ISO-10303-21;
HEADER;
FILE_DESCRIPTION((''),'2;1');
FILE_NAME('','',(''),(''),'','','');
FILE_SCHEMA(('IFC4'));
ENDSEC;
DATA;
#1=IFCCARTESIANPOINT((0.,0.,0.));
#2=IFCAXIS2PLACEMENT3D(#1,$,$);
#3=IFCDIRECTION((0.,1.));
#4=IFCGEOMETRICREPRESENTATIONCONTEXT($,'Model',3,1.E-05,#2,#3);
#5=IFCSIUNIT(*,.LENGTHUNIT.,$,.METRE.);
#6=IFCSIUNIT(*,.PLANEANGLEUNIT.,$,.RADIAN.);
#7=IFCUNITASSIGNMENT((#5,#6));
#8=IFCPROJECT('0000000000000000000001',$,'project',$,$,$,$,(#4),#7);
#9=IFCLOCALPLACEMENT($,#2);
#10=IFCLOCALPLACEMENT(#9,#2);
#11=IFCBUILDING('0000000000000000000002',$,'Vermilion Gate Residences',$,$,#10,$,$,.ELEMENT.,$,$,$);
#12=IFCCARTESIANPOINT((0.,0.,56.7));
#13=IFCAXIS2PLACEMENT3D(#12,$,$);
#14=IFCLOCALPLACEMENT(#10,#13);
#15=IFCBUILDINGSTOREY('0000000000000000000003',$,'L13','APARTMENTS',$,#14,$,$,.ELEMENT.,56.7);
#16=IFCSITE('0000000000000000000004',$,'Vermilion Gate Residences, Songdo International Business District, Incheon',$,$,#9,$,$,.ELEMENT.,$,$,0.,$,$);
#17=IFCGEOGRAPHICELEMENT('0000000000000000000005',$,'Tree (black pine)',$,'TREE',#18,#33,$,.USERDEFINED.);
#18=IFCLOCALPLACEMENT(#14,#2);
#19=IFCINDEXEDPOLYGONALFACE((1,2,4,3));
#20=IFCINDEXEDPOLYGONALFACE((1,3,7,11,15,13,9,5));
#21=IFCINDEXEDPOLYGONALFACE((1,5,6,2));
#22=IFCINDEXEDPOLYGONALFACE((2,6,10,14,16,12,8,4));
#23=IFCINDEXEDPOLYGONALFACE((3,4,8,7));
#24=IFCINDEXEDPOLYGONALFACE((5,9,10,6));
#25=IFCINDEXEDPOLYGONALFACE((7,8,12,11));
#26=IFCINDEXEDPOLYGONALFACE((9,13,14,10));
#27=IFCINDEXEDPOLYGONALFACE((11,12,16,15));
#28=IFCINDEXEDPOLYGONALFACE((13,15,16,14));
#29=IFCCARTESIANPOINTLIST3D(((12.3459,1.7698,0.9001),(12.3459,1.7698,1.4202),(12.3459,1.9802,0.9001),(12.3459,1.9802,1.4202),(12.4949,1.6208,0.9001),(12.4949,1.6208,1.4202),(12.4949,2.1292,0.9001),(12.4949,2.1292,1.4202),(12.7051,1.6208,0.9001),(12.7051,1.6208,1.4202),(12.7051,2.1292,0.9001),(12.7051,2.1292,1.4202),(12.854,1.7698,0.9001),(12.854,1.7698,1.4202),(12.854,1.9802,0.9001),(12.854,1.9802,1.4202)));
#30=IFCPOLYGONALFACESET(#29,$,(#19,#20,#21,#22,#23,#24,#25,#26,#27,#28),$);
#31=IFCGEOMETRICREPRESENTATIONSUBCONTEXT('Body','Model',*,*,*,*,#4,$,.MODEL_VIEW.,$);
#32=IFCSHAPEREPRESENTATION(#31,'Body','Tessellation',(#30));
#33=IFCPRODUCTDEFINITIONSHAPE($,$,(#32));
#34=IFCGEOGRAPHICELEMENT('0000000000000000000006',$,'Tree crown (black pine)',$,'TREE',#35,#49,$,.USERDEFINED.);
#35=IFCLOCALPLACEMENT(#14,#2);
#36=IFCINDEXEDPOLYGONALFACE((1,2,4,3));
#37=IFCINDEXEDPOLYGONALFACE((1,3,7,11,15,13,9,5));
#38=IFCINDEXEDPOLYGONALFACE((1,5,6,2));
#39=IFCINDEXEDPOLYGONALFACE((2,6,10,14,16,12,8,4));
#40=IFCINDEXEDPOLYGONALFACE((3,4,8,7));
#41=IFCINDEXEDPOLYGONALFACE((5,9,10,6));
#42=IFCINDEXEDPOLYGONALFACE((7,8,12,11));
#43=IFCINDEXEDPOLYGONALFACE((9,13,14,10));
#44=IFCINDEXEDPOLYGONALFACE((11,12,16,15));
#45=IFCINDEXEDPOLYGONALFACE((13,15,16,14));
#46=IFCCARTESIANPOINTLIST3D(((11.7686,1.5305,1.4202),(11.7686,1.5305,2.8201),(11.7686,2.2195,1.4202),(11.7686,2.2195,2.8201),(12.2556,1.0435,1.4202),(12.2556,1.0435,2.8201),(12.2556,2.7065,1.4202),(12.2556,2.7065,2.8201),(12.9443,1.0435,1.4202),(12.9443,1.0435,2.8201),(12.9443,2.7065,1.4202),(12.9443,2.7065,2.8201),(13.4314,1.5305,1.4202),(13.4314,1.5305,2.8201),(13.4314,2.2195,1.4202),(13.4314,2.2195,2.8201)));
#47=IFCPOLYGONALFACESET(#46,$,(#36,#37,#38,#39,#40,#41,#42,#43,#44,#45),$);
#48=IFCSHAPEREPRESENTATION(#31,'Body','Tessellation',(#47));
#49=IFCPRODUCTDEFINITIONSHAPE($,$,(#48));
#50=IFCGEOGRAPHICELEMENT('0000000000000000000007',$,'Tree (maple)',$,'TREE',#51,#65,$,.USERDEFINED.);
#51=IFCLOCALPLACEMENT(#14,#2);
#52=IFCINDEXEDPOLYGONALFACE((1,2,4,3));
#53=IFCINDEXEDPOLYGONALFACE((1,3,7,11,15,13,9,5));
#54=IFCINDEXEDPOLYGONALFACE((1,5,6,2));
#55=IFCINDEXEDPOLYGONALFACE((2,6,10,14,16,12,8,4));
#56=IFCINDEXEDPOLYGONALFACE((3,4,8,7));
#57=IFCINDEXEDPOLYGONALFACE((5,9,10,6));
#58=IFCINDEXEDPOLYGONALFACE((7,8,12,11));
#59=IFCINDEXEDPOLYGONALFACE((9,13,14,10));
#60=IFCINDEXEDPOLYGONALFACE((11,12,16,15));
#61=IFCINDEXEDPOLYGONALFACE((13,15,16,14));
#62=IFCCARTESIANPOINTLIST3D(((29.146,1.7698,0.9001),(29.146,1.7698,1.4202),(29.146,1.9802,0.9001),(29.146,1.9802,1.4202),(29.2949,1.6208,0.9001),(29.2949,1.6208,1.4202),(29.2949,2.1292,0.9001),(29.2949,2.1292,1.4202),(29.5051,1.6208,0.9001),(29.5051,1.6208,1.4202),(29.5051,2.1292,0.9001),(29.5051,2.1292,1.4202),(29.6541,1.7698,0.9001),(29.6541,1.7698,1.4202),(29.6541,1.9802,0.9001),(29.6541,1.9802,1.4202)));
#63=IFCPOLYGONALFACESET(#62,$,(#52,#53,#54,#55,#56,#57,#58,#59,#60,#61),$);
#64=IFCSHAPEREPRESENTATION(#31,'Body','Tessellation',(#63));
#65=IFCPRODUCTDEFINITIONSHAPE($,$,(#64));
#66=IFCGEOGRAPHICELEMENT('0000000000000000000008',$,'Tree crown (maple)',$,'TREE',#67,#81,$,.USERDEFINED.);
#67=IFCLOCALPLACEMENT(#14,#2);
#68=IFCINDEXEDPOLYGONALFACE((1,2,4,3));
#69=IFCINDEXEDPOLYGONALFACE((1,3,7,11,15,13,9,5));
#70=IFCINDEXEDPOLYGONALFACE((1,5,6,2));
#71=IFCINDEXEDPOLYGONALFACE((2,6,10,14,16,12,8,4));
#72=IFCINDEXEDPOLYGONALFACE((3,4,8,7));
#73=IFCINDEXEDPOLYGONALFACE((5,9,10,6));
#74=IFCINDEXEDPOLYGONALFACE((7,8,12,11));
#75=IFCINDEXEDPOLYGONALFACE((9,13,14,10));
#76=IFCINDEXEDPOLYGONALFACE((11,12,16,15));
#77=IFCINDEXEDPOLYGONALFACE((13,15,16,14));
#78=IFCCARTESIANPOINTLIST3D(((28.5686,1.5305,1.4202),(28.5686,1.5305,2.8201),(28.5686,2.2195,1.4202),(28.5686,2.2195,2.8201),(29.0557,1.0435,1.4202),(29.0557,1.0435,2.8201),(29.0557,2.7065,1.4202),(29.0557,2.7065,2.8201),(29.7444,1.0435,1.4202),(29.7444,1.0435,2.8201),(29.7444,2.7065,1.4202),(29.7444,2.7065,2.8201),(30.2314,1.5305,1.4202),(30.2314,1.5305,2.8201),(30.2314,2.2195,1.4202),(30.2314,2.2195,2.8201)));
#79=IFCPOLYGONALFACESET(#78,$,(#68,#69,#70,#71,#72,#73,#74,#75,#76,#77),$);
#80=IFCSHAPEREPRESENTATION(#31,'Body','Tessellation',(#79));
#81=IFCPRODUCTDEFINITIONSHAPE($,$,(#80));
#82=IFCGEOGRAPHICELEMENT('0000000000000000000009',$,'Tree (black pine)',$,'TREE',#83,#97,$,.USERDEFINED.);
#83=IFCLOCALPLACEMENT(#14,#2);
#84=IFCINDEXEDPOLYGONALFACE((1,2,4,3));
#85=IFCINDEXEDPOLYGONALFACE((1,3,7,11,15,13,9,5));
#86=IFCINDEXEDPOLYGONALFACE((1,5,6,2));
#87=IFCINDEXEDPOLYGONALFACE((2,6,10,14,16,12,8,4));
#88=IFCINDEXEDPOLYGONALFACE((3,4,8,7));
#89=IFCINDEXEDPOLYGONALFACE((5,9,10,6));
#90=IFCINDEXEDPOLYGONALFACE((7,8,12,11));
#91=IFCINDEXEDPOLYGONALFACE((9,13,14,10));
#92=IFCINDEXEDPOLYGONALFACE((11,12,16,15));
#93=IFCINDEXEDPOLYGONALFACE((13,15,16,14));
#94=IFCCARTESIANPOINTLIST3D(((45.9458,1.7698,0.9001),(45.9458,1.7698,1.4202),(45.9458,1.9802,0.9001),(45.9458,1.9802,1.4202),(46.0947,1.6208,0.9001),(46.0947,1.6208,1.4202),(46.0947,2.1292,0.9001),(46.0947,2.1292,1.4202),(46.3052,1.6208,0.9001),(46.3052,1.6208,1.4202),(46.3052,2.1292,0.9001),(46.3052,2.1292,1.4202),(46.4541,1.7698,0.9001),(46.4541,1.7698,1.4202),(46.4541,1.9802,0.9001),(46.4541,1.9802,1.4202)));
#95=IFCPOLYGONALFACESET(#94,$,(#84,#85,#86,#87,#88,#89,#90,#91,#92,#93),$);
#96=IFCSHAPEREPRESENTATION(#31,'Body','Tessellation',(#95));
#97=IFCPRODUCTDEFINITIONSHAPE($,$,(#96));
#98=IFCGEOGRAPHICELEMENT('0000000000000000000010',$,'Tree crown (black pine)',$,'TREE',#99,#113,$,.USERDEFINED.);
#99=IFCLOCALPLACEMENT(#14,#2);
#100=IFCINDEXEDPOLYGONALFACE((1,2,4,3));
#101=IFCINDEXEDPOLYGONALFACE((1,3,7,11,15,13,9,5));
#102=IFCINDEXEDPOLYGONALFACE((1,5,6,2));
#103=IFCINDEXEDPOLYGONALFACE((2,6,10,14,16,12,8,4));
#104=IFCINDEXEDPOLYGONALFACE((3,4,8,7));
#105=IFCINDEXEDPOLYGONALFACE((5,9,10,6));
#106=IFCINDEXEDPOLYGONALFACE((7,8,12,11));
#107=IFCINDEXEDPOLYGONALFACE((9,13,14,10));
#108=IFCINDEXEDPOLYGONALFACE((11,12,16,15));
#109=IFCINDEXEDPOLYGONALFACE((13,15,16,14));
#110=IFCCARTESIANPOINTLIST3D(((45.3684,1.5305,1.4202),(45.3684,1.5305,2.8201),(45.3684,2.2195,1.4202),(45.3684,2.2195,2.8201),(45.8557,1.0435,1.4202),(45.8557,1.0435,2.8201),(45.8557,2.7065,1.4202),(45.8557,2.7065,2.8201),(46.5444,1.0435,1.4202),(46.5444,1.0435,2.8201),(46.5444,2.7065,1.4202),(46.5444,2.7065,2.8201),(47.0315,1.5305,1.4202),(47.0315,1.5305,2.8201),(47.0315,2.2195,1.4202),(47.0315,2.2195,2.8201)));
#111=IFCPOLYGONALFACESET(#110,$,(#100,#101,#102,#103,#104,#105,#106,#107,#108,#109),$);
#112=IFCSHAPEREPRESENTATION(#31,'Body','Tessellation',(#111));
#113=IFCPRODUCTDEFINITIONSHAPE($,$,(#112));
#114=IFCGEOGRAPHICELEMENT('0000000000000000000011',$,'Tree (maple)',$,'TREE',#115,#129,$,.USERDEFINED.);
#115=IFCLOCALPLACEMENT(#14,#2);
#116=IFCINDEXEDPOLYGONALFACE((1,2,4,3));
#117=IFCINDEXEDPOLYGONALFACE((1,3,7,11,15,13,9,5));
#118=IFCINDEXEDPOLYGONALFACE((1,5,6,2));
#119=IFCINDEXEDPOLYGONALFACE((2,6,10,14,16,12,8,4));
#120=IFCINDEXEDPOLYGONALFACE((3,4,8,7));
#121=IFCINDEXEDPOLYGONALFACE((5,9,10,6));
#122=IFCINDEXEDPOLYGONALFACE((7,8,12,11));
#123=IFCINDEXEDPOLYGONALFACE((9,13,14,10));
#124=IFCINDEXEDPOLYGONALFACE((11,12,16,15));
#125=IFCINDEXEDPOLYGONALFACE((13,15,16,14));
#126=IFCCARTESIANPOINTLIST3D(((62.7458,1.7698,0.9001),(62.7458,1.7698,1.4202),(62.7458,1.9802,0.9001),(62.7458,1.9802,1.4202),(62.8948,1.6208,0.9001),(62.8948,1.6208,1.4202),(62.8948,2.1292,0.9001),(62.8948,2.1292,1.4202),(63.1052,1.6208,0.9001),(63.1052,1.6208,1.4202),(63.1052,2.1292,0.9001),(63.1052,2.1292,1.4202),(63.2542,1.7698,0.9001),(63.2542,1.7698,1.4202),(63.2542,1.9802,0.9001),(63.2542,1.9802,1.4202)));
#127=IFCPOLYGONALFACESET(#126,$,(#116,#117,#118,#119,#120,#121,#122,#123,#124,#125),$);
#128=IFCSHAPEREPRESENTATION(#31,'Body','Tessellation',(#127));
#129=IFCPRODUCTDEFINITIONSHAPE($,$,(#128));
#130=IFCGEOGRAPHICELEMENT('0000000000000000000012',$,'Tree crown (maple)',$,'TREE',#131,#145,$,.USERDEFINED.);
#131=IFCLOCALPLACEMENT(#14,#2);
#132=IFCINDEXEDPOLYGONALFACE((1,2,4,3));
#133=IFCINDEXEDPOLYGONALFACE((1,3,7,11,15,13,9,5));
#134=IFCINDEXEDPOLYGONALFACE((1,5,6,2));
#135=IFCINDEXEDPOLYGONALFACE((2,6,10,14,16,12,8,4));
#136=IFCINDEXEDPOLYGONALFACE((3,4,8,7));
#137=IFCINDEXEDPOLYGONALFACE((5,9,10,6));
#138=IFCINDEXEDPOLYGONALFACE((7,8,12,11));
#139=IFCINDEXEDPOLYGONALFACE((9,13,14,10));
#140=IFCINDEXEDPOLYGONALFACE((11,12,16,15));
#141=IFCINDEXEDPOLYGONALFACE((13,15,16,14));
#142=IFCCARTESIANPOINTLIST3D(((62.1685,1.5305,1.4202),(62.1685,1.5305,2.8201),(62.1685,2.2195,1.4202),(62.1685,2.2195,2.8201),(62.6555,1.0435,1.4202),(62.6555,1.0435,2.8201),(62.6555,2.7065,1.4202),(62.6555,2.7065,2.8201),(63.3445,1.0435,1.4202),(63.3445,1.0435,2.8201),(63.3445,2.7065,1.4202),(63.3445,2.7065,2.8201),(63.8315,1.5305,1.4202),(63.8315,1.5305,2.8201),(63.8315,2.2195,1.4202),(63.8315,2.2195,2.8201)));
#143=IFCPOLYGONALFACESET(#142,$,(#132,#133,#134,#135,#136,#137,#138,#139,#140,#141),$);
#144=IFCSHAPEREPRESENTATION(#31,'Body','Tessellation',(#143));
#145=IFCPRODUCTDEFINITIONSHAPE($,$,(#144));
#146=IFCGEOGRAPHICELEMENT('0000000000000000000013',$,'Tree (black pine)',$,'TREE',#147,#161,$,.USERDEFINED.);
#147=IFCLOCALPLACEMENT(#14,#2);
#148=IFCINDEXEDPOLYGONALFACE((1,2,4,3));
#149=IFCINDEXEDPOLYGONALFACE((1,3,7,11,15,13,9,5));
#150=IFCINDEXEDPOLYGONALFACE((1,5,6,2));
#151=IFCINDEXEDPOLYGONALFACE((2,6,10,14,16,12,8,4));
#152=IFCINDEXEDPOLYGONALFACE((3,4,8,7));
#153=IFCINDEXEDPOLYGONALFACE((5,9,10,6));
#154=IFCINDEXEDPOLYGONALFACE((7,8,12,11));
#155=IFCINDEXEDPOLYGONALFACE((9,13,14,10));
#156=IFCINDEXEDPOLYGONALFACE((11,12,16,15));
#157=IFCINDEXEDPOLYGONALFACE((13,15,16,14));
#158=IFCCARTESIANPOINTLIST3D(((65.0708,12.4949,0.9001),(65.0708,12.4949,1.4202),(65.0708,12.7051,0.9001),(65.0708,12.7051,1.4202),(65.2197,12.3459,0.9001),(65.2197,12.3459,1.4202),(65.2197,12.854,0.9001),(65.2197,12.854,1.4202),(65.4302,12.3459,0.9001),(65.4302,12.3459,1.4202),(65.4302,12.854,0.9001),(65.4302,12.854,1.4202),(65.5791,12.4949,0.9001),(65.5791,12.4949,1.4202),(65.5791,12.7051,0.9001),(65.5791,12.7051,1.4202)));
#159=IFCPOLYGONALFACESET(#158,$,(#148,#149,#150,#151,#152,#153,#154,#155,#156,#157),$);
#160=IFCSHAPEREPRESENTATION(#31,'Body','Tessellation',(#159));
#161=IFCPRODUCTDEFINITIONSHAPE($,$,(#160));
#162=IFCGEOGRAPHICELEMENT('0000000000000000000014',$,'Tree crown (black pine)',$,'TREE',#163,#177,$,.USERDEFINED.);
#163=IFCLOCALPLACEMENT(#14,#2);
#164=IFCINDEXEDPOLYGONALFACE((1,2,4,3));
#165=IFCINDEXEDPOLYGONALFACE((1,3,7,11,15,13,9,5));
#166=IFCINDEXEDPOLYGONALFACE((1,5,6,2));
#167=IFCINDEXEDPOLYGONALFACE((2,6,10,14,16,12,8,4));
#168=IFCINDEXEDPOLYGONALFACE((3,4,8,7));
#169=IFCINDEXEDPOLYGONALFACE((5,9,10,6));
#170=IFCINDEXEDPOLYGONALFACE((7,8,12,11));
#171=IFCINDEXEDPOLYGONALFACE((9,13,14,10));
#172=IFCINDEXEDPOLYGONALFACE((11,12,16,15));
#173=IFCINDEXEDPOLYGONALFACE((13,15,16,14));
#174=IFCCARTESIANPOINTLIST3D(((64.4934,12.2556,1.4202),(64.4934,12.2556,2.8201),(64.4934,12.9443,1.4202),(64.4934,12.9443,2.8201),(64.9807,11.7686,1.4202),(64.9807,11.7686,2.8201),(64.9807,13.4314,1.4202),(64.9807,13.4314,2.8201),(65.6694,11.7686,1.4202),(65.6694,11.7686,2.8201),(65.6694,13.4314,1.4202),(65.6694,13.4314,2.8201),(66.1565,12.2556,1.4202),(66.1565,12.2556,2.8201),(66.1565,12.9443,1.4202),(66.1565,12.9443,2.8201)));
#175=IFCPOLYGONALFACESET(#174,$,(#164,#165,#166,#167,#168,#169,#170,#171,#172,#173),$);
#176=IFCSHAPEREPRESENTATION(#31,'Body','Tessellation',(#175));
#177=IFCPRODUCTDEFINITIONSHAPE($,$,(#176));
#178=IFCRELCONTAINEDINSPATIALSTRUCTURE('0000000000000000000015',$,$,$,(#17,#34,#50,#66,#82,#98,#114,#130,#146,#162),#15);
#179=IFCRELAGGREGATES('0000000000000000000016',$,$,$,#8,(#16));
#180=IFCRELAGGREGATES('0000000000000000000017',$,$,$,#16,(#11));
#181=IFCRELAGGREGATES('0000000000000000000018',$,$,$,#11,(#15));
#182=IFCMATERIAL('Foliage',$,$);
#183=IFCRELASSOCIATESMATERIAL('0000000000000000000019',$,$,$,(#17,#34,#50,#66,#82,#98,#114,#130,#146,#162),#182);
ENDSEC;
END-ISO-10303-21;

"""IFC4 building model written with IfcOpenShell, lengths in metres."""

from ifc_helpers import new_model, si_unit, direction, frame, origin, place, context, subcontext, project, spatial, polyline, outline, extrude, material, element, save


model = new_model("IFC4")

# Units and contexts
model_context = context("Model", 3, precision=1e-05, world=origin(), true_north=direction((0.0, 1.0)))
body_context = subcontext(model_context, "Body", "Model", "MODEL_VIEW")
ifc_project = project(units=[si_unit("LENGTHUNIT", "METRE"), si_unit("PLANEANGLEUNIT", "RADIAN")], contexts=[model_context])

# Site, building, storey
site_placement = place(None, origin())
site = spatial("IfcSite", under=ifc_project, at=site_placement, Name="Vermilion Gate Residences, Songdo International Business District, Incheon", CompositionType="ELEMENT", RefElevation=0.0)
building_placement = place(site_placement, origin())
building = spatial("IfcBuilding", under=site, at=building_placement, Name="Vermilion Gate Residences", CompositionType="ELEMENT")
storey_placement = place(building_placement, frame((0.0, 0.0, 56.7)))
storey = spatial("IfcBuildingStorey", under=building, at=storey_placement, Name="L13", Description="APARTMENTS", CompositionType="ELEMENT", Elevation=56.7)

# Geographic elements
ifc_material_1 = material(Name="Foliage")
geographic_element_1_placement = place(storey_placement, frame((0.0, 0.0, 0.9001)))
element("IfcGeographicElement", 1, at=geographic_element_1_placement, inside=storey, material=ifc_material_1, Name="Tree (black pine)", ObjectType="TREE", PredefinedType="USERDEFINED", context=body_context, shape_type="SweptSolid", body=[
    extrude(outline(polyline([(12.854, 1.9802), (12.7051, 2.1292), (12.4949, 2.1292), (12.3459, 1.9802), (12.3459, 1.7698), (12.4949, 1.6208), (12.7051, 1.6208), (12.854, 1.7698), (12.854, 1.9802)])), origin(), (0.0, 0.0, 1.0), 0.52),
])
geographic_element_2_placement = place(storey_placement, frame((0.0, 0.0, 1.4202)))
element("IfcGeographicElement", 2, at=geographic_element_2_placement, inside=storey, material=ifc_material_1, Name="Tree crown (black pine)", ObjectType="TREE", PredefinedType="USERDEFINED", context=body_context, shape_type="SweptSolid", body=[
    extrude(outline(polyline([(13.4314, 2.2195), (12.9443, 2.7065), (12.2556, 2.7065), (11.7686, 2.2195), (11.7686, 1.5305), (12.2556, 1.0435), (12.9443, 1.0435), (13.4314, 1.5305), (13.4314, 2.2195)])), origin(), (0.0, 0.0, 1.0), 1.3999),
])
geographic_element_3_placement = place(storey_placement, frame((0.0, 0.0, 0.9001)))
element("IfcGeographicElement", 3, at=geographic_element_3_placement, inside=storey, material=ifc_material_1, Name="Tree (maple)", ObjectType="TREE", PredefinedType="USERDEFINED", context=body_context, shape_type="SweptSolid", body=[
    extrude(outline(polyline([(29.6541, 1.9802), (29.5051, 2.1292), (29.2949, 2.1292), (29.146, 1.9802), (29.146, 1.7698), (29.2949, 1.6208), (29.5051, 1.6208), (29.6541, 1.7698), (29.6541, 1.9802)])), origin(), (0.0, 0.0, 1.0), 0.52),
])
geographic_element_4_placement = place(storey_placement, frame((0.0, 0.0, 1.4202)))
element("IfcGeographicElement", 4, at=geographic_element_4_placement, inside=storey, material=ifc_material_1, Name="Tree crown (maple)", ObjectType="TREE", PredefinedType="USERDEFINED", context=body_context, shape_type="SweptSolid", body=[
    extrude(outline(polyline([(30.2314, 2.2195), (29.7444, 2.7065), (29.0557, 2.7065), (28.5686, 2.2195), (28.5686, 1.5305), (29.0557, 1.0435), (29.7444, 1.0435), (30.2314, 1.5305), (30.2314, 2.2195)])), origin(), (0.0, 0.0, 1.0), 1.3999),
])
geographic_element_5_placement = place(storey_placement, frame((0.0, 0.0, 0.9001)))
element("IfcGeographicElement", 5, at=geographic_element_5_placement, inside=storey, material=ifc_material_1, Name="Tree (black pine)", ObjectType="TREE", PredefinedType="USERDEFINED", context=body_context, shape_type="SweptSolid", body=[
    extrude(outline(polyline([(46.4541, 1.9802), (46.3052, 2.1292), (46.0947, 2.1292), (45.9458, 1.9802), (45.9458, 1.7698), (46.0947, 1.6208), (46.3052, 1.6208), (46.4541, 1.7698), (46.4541, 1.9802)])), origin(), (0.0, 0.0, 1.0), 0.52),
])
geographic_element_6_placement = place(storey_placement, frame((0.0, 0.0, 1.4202)))
element("IfcGeographicElement", 6, at=geographic_element_6_placement, inside=storey, material=ifc_material_1, Name="Tree crown (black pine)", ObjectType="TREE", PredefinedType="USERDEFINED", context=body_context, shape_type="SweptSolid", body=[
    extrude(outline(polyline([(47.0315, 2.2195), (46.5444, 2.7065), (45.8557, 2.7065), (45.3684, 2.2195), (45.3684, 1.5305), (45.8557, 1.0435), (46.5444, 1.0435), (47.0315, 1.5305), (47.0315, 2.2195)])), origin(), (0.0, 0.0, 1.0), 1.3999),
])
geographic_element_7_placement = place(storey_placement, frame((0.0, 0.0, 0.9001)))
element("IfcGeographicElement", 7, at=geographic_element_7_placement, inside=storey, material=ifc_material_1, Name="Tree (maple)", ObjectType="TREE", PredefinedType="USERDEFINED", context=body_context, shape_type="SweptSolid", body=[
    extrude(outline(polyline([(63.2542, 1.9802), (63.1052, 2.1292), (62.8948, 2.1292), (62.7458, 1.9802), (62.7458, 1.7698), (62.8948, 1.6208), (63.1052, 1.6208), (63.2542, 1.7698), (63.2542, 1.9802)])), origin(), (0.0, 0.0, 1.0), 0.52),
])
geographic_element_8_placement = place(storey_placement, frame((0.0, 0.0, 1.4202)))
element("IfcGeographicElement", 8, at=geographic_element_8_placement, inside=storey, material=ifc_material_1, Name="Tree crown (maple)", ObjectType="TREE", PredefinedType="USERDEFINED", context=body_context, shape_type="SweptSolid", body=[
    extrude(outline(polyline([(63.8315, 2.2195), (63.3445, 2.7065), (62.6555, 2.7065), (62.1685, 2.2195), (62.1685, 1.5305), (62.6555, 1.0435), (63.3445, 1.0435), (63.8315, 1.5305), (63.8315, 2.2195)])), origin(), (0.0, 0.0, 1.0), 1.3999),
])
geographic_element_9_placement = place(storey_placement, frame((0.0, 0.0, 0.9001)))
element("IfcGeographicElement", 9, at=geographic_element_9_placement, inside=storey, material=ifc_material_1, Name="Tree (black pine)", ObjectType="TREE", PredefinedType="USERDEFINED", context=body_context, shape_type="SweptSolid", body=[
    extrude(outline(polyline([(65.5791, 12.7051), (65.4302, 12.854), (65.2197, 12.854), (65.0708, 12.7051), (65.0708, 12.4949), (65.2197, 12.3459), (65.4302, 12.3459), (65.5791, 12.4949), (65.5791, 12.7051)])), origin(), (0.0, 0.0, 1.0), 0.52),
])
geographic_element_10_placement = place(storey_placement, frame((0.0, 0.0, 1.4202)))
element("IfcGeographicElement", 10, at=geographic_element_10_placement, inside=storey, material=ifc_material_1, Name="Tree crown (black pine)", ObjectType="TREE", PredefinedType="USERDEFINED", context=body_context, shape_type="SweptSolid", body=[
    extrude(outline(polyline([(66.1565, 12.9443), (65.6694, 13.4314), (64.9807, 13.4314), (64.4934, 12.9443), (64.4934, 12.2556), (64.9807, 11.7686), (65.6694, 11.7686), (66.1565, 12.2556), (66.1565, 12.9443)])), origin(), (0.0, 0.0, 1.0), 1.3999),
])

save(model, "model.ifc")
